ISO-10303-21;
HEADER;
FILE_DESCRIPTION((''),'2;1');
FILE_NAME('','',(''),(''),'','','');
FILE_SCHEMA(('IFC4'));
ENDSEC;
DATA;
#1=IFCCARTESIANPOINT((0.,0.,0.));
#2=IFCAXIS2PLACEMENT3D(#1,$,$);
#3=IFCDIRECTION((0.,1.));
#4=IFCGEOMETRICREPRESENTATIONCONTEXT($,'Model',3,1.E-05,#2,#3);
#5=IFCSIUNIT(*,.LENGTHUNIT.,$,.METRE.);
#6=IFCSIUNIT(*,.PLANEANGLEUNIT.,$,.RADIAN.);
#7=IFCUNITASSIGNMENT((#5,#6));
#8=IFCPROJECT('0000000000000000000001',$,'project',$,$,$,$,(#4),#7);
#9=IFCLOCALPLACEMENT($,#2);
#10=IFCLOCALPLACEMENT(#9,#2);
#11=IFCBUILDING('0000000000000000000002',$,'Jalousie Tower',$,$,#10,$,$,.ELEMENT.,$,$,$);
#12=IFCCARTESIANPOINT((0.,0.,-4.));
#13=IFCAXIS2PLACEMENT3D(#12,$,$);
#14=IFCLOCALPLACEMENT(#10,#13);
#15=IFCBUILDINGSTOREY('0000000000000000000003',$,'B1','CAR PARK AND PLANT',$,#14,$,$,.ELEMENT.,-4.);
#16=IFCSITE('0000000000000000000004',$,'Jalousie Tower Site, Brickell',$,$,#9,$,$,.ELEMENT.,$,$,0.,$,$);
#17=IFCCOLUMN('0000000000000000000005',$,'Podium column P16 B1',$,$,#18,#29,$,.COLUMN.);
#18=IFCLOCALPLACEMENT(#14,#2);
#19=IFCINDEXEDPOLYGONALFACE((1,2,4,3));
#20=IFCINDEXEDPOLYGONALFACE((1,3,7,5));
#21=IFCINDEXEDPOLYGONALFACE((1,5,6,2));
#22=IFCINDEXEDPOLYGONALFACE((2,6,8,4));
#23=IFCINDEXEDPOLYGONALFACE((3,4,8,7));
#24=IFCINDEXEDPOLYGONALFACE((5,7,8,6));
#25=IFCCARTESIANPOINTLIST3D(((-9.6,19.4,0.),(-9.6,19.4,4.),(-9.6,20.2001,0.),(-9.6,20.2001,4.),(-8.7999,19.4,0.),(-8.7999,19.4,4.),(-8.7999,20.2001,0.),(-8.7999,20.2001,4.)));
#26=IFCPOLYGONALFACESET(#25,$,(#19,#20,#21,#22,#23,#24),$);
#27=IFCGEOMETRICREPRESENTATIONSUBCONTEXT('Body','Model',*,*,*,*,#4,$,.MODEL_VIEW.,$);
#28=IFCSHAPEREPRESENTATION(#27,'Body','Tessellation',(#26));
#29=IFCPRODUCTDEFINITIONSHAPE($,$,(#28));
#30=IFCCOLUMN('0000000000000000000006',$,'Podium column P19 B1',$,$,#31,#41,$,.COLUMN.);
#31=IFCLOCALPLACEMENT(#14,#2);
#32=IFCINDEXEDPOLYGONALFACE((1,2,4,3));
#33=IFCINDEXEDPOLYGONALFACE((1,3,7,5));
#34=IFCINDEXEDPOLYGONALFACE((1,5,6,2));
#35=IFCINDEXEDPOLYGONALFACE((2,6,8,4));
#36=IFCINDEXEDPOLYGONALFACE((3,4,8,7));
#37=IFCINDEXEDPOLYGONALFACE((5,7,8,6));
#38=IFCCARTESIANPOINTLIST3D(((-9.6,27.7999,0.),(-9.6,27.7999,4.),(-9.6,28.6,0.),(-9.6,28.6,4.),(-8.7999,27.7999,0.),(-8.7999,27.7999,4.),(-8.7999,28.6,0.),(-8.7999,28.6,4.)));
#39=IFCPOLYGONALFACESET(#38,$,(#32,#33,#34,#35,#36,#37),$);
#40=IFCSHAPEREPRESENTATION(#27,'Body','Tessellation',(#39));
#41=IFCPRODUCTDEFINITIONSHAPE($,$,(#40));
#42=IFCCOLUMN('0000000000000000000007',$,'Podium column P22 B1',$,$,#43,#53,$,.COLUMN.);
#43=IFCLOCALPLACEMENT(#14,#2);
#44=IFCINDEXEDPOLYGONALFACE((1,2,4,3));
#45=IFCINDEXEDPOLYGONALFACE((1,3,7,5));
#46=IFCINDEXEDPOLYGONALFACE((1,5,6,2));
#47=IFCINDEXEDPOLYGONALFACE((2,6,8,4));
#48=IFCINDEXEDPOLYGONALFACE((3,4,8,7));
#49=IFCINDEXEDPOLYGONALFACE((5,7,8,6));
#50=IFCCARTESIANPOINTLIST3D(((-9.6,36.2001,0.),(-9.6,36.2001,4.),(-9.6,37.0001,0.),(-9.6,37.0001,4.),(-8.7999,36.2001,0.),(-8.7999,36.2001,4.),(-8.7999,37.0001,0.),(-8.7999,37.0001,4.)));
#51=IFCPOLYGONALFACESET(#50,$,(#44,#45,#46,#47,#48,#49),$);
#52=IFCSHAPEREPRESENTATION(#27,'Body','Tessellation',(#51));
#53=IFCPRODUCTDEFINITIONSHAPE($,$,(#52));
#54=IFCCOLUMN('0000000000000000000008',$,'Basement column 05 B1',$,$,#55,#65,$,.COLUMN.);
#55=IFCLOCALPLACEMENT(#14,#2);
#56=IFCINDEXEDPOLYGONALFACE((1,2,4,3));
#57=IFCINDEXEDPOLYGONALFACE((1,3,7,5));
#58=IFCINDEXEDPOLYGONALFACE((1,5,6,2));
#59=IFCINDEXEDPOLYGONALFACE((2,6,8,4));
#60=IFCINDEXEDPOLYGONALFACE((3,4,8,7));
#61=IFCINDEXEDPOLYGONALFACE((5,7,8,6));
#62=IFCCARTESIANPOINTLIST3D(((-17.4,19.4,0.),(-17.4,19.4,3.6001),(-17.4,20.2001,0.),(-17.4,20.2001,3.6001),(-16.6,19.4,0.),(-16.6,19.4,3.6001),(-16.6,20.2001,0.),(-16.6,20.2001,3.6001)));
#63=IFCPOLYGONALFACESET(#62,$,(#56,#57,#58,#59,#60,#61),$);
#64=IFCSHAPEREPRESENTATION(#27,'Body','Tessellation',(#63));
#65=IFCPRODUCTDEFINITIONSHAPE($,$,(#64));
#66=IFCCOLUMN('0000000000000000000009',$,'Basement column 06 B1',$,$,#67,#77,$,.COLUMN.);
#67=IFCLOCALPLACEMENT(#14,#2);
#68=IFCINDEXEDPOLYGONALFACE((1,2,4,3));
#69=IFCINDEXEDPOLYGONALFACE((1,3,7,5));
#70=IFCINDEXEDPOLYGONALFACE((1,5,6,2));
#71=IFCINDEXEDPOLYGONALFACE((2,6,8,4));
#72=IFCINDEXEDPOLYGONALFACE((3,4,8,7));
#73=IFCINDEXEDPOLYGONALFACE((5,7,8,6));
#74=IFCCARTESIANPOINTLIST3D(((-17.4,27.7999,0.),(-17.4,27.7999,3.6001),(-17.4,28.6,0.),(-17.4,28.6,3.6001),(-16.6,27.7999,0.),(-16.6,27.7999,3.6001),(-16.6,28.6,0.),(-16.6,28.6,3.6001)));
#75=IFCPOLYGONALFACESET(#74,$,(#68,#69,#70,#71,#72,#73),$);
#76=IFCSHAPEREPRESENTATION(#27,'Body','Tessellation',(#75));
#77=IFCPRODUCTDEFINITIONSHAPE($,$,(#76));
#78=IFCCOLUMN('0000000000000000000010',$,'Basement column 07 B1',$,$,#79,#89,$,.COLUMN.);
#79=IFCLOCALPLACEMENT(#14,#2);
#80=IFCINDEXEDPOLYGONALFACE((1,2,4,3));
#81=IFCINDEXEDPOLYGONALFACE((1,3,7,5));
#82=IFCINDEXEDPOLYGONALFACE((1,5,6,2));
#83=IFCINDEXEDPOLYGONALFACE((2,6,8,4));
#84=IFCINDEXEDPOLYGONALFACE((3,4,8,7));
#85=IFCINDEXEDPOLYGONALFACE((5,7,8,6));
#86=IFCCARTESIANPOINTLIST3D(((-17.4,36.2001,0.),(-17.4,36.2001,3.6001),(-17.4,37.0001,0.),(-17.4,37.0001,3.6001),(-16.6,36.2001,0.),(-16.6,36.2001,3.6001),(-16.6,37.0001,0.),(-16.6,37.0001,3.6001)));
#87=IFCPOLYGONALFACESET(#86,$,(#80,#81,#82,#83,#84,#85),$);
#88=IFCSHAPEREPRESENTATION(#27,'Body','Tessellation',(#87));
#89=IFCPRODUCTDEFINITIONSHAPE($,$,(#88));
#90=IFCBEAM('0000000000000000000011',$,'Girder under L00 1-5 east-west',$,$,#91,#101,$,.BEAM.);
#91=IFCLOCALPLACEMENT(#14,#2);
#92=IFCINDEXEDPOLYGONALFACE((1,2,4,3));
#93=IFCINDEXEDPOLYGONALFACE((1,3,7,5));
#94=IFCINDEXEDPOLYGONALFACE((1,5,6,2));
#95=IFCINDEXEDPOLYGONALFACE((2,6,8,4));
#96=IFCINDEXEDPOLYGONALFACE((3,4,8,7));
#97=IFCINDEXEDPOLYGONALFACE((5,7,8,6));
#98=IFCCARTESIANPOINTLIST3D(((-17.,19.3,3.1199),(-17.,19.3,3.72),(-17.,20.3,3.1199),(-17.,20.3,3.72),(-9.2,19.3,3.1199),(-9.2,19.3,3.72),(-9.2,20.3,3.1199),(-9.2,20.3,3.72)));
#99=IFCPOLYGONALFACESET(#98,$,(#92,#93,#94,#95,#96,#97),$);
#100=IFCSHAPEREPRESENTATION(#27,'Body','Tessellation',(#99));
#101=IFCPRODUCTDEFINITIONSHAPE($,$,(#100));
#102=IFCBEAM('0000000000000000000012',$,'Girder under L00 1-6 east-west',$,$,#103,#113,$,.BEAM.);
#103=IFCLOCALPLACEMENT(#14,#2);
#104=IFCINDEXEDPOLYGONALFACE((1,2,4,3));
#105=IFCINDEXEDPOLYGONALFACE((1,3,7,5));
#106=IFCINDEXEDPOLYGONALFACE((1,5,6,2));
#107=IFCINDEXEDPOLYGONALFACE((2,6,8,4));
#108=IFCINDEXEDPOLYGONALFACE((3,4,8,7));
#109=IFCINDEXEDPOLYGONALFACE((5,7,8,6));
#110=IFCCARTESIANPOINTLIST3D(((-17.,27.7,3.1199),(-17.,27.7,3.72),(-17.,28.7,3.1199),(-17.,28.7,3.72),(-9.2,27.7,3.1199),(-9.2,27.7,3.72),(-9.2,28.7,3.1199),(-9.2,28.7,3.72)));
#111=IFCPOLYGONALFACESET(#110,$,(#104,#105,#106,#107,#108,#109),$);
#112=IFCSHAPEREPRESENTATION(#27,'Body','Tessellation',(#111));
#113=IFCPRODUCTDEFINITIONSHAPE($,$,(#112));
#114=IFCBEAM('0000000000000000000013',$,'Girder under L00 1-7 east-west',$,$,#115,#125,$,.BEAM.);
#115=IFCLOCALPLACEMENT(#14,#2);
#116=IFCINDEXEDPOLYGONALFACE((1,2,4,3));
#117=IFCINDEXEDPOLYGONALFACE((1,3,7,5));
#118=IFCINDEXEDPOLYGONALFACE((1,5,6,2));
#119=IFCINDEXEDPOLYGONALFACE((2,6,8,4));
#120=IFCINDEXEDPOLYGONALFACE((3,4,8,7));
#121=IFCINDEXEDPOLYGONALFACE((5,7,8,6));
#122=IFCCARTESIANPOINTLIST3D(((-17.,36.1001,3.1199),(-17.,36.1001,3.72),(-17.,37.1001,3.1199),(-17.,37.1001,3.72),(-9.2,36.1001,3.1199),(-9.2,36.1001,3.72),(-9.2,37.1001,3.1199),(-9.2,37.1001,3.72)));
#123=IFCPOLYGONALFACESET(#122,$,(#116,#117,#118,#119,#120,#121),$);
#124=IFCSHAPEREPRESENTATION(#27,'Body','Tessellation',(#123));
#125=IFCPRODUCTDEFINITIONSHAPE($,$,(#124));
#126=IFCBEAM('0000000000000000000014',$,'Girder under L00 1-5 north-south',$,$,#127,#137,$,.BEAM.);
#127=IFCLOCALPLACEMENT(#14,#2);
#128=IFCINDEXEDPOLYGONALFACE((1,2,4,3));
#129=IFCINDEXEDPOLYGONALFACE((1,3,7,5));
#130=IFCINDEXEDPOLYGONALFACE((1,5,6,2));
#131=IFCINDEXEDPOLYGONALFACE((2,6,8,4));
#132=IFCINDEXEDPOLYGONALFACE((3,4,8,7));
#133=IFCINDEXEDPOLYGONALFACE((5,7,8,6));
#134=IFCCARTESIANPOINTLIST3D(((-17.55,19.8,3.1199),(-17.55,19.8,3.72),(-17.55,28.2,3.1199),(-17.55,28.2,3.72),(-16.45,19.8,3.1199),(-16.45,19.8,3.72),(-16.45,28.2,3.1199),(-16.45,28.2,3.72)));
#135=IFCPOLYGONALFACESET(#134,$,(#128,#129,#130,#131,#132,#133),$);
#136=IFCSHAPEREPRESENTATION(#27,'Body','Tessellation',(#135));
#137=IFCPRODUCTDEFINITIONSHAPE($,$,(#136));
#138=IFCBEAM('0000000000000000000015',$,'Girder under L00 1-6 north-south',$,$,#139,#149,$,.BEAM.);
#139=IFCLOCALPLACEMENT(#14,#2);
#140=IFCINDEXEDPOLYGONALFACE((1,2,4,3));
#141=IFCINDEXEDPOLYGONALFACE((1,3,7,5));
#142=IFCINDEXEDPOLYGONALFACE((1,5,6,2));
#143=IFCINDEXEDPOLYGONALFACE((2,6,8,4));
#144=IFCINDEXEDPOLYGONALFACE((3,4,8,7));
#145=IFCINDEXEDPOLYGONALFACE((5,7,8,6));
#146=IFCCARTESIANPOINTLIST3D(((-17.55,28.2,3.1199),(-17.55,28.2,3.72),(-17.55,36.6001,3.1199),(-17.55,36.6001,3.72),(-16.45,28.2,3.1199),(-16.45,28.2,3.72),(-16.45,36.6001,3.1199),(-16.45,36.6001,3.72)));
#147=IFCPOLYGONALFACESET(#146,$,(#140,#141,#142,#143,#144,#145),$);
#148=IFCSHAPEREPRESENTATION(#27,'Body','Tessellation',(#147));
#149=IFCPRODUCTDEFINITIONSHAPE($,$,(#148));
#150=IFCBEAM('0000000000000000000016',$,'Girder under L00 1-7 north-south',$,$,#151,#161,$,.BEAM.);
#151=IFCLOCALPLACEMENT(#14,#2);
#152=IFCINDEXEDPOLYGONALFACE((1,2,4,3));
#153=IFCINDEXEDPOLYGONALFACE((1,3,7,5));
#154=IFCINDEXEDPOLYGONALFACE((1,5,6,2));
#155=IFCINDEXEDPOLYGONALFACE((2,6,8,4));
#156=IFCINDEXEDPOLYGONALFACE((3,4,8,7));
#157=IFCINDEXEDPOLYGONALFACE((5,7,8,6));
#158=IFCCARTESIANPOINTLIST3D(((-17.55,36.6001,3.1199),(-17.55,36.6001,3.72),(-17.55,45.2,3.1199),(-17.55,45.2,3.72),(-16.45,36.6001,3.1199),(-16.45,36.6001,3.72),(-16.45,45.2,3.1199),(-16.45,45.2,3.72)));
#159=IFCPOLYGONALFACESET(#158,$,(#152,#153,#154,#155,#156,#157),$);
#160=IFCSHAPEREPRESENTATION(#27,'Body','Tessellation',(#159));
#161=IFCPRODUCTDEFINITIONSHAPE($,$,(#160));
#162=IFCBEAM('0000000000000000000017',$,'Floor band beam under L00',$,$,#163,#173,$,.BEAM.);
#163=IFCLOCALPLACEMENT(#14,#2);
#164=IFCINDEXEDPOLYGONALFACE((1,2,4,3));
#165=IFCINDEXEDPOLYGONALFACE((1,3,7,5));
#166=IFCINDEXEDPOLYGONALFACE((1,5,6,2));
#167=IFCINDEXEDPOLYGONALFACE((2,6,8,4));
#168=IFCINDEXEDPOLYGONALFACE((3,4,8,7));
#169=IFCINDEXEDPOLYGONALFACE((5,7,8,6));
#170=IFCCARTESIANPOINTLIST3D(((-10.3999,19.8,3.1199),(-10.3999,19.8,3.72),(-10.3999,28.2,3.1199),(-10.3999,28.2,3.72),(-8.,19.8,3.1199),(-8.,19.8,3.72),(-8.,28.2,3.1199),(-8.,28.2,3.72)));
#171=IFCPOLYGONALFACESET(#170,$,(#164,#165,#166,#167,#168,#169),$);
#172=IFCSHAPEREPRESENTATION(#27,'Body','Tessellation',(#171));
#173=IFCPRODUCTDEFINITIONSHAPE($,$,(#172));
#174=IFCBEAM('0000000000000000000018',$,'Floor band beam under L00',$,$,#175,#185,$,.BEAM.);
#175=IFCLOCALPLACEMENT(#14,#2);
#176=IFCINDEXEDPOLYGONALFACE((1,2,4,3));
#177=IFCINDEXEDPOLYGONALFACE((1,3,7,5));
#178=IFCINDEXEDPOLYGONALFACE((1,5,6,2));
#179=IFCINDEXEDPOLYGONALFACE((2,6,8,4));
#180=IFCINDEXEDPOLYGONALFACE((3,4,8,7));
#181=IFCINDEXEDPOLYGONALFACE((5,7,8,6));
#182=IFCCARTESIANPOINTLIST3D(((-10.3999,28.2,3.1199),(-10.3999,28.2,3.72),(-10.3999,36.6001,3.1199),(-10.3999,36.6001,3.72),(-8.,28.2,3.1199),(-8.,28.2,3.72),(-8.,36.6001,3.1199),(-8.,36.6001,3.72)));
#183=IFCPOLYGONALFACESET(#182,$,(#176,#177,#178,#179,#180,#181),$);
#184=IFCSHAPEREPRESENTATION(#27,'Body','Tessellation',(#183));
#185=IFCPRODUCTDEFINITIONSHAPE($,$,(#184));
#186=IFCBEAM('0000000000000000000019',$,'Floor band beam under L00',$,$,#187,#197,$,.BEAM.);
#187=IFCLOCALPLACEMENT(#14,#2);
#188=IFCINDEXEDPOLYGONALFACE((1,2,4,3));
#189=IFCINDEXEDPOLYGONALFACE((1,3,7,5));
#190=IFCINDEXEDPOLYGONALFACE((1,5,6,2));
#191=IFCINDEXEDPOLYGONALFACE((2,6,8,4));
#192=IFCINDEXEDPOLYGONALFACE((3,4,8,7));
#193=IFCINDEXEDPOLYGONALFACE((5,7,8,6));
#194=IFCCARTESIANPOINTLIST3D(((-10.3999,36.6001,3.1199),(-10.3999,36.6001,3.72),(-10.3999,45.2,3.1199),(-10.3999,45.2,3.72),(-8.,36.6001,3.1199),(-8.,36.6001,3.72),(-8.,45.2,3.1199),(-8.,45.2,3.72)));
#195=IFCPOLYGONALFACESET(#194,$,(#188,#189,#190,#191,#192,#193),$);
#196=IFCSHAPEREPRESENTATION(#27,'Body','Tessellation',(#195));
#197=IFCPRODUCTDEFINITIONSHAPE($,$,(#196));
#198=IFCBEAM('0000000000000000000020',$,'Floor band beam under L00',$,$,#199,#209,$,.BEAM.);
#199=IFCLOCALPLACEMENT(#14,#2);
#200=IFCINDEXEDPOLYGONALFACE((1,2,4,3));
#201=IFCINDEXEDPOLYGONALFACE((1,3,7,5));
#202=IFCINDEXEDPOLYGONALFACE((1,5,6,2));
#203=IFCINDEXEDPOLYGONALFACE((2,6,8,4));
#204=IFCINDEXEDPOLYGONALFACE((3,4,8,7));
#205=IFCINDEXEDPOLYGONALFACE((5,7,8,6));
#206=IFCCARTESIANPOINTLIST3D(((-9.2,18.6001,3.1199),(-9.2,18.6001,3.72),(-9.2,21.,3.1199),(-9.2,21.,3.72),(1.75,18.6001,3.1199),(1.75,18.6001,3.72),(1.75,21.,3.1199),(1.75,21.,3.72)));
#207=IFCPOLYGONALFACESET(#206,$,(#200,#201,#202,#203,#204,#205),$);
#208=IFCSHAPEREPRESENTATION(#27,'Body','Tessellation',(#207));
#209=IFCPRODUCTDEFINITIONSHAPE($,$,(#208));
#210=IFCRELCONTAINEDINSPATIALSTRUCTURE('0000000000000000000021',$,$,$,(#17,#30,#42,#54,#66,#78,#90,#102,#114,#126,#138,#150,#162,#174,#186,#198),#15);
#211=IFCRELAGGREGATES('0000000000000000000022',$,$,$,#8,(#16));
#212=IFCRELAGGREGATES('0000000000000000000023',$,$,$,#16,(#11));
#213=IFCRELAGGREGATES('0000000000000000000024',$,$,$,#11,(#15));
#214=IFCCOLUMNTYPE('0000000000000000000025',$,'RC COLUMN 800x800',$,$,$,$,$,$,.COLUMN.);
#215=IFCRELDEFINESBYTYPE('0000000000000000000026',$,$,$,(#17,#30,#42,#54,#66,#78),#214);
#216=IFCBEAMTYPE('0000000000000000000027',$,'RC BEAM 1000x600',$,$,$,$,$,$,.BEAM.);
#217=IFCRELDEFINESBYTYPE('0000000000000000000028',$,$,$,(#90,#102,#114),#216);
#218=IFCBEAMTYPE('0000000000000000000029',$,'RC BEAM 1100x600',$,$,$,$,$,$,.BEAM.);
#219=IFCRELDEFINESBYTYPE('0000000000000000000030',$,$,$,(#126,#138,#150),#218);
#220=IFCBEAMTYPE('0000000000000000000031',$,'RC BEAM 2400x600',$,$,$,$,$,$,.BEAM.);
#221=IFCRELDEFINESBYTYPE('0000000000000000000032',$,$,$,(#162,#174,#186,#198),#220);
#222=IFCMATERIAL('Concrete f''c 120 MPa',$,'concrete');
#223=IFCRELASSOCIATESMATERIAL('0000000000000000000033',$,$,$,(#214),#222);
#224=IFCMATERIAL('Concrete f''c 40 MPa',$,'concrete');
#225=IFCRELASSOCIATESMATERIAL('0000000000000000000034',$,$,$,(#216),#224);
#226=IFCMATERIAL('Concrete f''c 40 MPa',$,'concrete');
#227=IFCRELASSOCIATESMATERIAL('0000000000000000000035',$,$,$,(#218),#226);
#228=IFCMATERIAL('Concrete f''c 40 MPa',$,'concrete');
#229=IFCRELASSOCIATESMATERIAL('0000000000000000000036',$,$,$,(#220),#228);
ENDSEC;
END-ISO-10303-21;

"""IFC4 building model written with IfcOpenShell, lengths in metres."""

from ifc_helpers import new_model, si_unit, direction, frame, origin, origin_2d, place, context, subcontext, project, spatial, rectangle, extrude, material, material_profile, profile_set, type_object, element, save


model = new_model("IFC4")

# Units and contexts
model_context = context("Model", 3, precision=1e-05, world=origin(), true_north=direction((0.0, 1.0)))
body_context = subcontext(model_context, "Body", "Model", "MODEL_VIEW")
ifc_project = project(units=[si_unit("LENGTHUNIT", "METRE"), si_unit("PLANEANGLEUNIT", "RADIAN")], contexts=[model_context])

# Site, building, storey
site_placement = place(None, origin())
site = spatial("IfcSite", under=ifc_project, at=site_placement, Name="Jalousie Tower Site, Brickell", CompositionType="ELEMENT", RefElevation=0.0)
building_placement = place(site_placement, origin())
building = spatial("IfcBuilding", under=site, at=building_placement, Name="Jalousie Tower", CompositionType="ELEMENT")
storey_placement = place(building_placement, frame((0.0, 0.0, -4.0)))
storey = spatial("IfcBuildingStorey", under=building, at=storey_placement, Name="B1", Description="CAR PARK AND PLANT", CompositionType="ELEMENT", Elevation=-4.0)

# Columns
ifc_material_1 = material(Name="Concrete f'c 120 MPa", Category="concrete")
ifc_material_profile_1 = material_profile(ifc_material_1, rectangle(XDim=0.8, YDim=0.8, at=origin_2d()), Name="RC 800x800")
ifc_profile_set_1 = profile_set([ifc_material_profile_1], Name="Concrete f'c 120 MPa")
column_type = type_object("IfcColumnType", Name="RC COLUMN 800x800", PredefinedType="COLUMN", material=ifc_profile_set_1)
for number, where, z_axis, x_axis, name in (
    (1, (-9.2, 19.8, 0.0), (0.0, 0.0, 1.0), (1.0, 0.0, 0.0), "Podium column P16 B1"),
    (2, (-9.2, 28.2, 0.0), (0.0, 0.0, 1.0), (1.0, 0.0, 0.0), "Podium column P19 B1"),
    (3, (-9.2, 36.6001, 0.0), (0.0, 0.0, 1.0), (1.0, 0.0, 0.0), "Podium column P22 B1"),
):
    element("IfcColumn", number, at=place(storey_placement, frame(where, z_axis=z_axis, x_axis=x_axis)), inside=storey, type_object=column_type, Name=name, PredefinedType="COLUMN", context=body_context, shape_type="SweptSolid", body=[
        extrude(rectangle(XDim=0.8, YDim=0.8, at=origin_2d()), origin(), (0.0, 0.0, 1.0), 4.0),
    ])
for number, where, z_axis, x_axis, name in (
    (4, (-17.0, 19.8, 0.0), (0.0, 0.0, 1.0), (1.0, 0.0, 0.0), "Basement column 05 B1"),
    (5, (-17.0, 28.2, 0.0), (0.0, 0.0, 1.0), (1.0, 0.0, 0.0), "Basement column 06 B1"),
    (6, (-17.0, 36.6001, 0.0), (0.0, 0.0, 1.0), (1.0, 0.0, 0.0), "Basement column 07 B1"),
):
    element("IfcColumn", number, at=place(storey_placement, frame(where, z_axis=z_axis, x_axis=x_axis)), inside=storey, type_object=column_type, Name=name, PredefinedType="COLUMN", context=body_context, shape_type="SweptSolid", body=[
        extrude(rectangle(XDim=0.8, YDim=0.8, at=origin_2d()), origin(), (0.0, 0.0, 1.0), 3.6001),
    ])

# Beams
ifc_material_2 = material(Name="Concrete f'c 40 MPa", Category="concrete")
ifc_material_profile_2 = material_profile(ifc_material_2, rectangle(XDim=1.0, YDim=0.6001, at=origin_2d()), Name="RC 1000x600")
ifc_profile_set_2 = profile_set([ifc_material_profile_2], Name="Concrete f'c 40 MPa")
beam_type_1 = type_object("IfcBeamType", Name="RC BEAM 1000x600", PredefinedType="BEAM", material=ifc_profile_set_2)
for number, where, z_axis, x_axis, name in (
    (7, (-17.0, 19.8, 3.4199), (1.0, 0.0, 0.0), (0.0, 1.0, 0.0), "Girder under L00 1-5 east-west"),
    (8, (-17.0, 28.2, 3.4199), (1.0, 0.0, 0.0), (0.0, 1.0, 0.0), "Girder under L00 1-6 east-west"),
    (9, (-17.0, 36.6001, 3.4199), (1.0, 0.0, 0.0), (0.0, 1.0, 0.0), "Girder under L00 1-7 east-west"),
):
    element("IfcBeam", number, at=place(storey_placement, frame(where, z_axis=z_axis, x_axis=x_axis)), inside=storey, type_object=beam_type_1, Name=name, PredefinedType="BEAM", context=body_context, shape_type="SweptSolid", body=[
        extrude(rectangle(XDim=1.0, YDim=0.6001, at=origin_2d()), origin(), (0.0, 0.0, 1.0), 7.8),
    ])
ifc_material_3 = material(Name="Concrete f'c 40 MPa", Category="concrete")
ifc_material_profile_3 = material_profile(ifc_material_3, rectangle(XDim=1.1001, YDim=0.6001, at=origin_2d()), Name="RC 1100x600")
ifc_profile_set_3 = profile_set([ifc_material_profile_3], Name="Concrete f'c 40 MPa")
beam_type_2 = type_object("IfcBeamType", Name="RC BEAM 1100x600", PredefinedType="BEAM", material=ifc_profile_set_3)
beam_1_placement = place(storey_placement, frame((-17.0, 19.8, 3.4199), z_axis=(0.0, 1.0, 0.0), x_axis=(-1.0, 0.0, 0.0)))
element("IfcBeam", 10, at=beam_1_placement, inside=storey, type_object=beam_type_2, Name="Girder under L00 1-5 north-south", PredefinedType="BEAM", context=body_context, shape_type="SweptSolid", body=[
    extrude(rectangle(XDim=1.1001, YDim=0.6001, at=origin_2d()), origin(), (0.0, 0.0, 1.0), 8.3999),
])
beam_2_placement = place(storey_placement, frame((-17.0, 28.2, 3.4199), z_axis=(0.0, 1.0, 0.0), x_axis=(-1.0, 0.0, 0.0)))
element("IfcBeam", 11, at=beam_2_placement, inside=storey, type_object=beam_type_2, Name="Girder under L00 1-6 north-south", PredefinedType="BEAM", context=body_context, shape_type="SweptSolid", body=[
    extrude(rectangle(XDim=1.1001, YDim=0.6001, at=origin_2d()), origin(), (0.0, 0.0, 1.0), 8.4001),
])
beam_3_placement = place(storey_placement, frame((-17.0, 36.6001, 3.4199), z_axis=(0.0, 1.0, 0.0), x_axis=(-1.0, 0.0, 0.0)))
element("IfcBeam", 12, at=beam_3_placement, inside=storey, type_object=beam_type_2, Name="Girder under L00 1-7 north-south", PredefinedType="BEAM", context=body_context, shape_type="SweptSolid", body=[
    extrude(rectangle(XDim=1.1001, YDim=0.6001, at=origin_2d()), origin(), (0.0, 0.0, 1.0), 8.5999),
])
ifc_material_4 = material(Name="Concrete f'c 40 MPa", Category="concrete")
ifc_material_profile_4 = material_profile(ifc_material_4, rectangle(XDim=2.3999, YDim=0.6001, at=origin_2d()), Name="RC 2400x600")
ifc_profile_set_4 = profile_set([ifc_material_profile_4], Name="Concrete f'c 40 MPa")
beam_type_3 = type_object("IfcBeamType", Name="RC BEAM 2400x600", PredefinedType="BEAM", material=ifc_profile_set_4)
beam_4_placement = place(storey_placement, frame((-9.2, 19.8, 3.4199), z_axis=(0.0, 1.0, 0.0), x_axis=(-1.0, 0.0, 0.0)))
element("IfcBeam", 13, at=beam_4_placement, inside=storey, type_object=beam_type_3, Name="Floor band beam under L00", PredefinedType="BEAM", context=body_context, shape_type="SweptSolid", body=[
    extrude(rectangle(XDim=2.3999, YDim=0.6001, at=origin_2d()), origin(), (0.0, 0.0, 1.0), 8.3999),
])
beam_5_placement = place(storey_placement, frame((-9.2, 28.2, 3.4199), z_axis=(0.0, 1.0, 0.0), x_axis=(-1.0, 0.0, 0.0)))
element("IfcBeam", 14, at=beam_5_placement, inside=storey, type_object=beam_type_3, Name="Floor band beam under L00", PredefinedType="BEAM", context=body_context, shape_type="SweptSolid", body=[
    extrude(rectangle(XDim=2.3999, YDim=0.6001, at=origin_2d()), origin(), (0.0, 0.0, 1.0), 8.4001),
])
beam_6_placement = place(storey_placement, frame((-9.2, 36.6001, 3.4199), z_axis=(0.0, 1.0, 0.0), x_axis=(-1.0, 0.0, 0.0)))
element("IfcBeam", 15, at=beam_6_placement, inside=storey, type_object=beam_type_3, Name="Floor band beam under L00", PredefinedType="BEAM", context=body_context, shape_type="SweptSolid", body=[
    extrude(rectangle(XDim=2.3999, YDim=0.6001, at=origin_2d()), origin(), (0.0, 0.0, 1.0), 8.5999),
])
beam_7_placement = place(storey_placement, frame((-9.2, 19.8, 3.4199), z_axis=(1.0, 0.0, 0.0), x_axis=(0.0, 1.0, 0.0)))
element("IfcBeam", 16, at=beam_7_placement, inside=storey, type_object=beam_type_3, Name="Floor band beam under L00", PredefinedType="BEAM", context=body_context, shape_type="SweptSolid", body=[
    extrude(rectangle(XDim=2.3999, YDim=0.6001, at=origin_2d()), origin(), (0.0, 0.0, 1.0), 10.95),
])

save(model, "model.ifc")
